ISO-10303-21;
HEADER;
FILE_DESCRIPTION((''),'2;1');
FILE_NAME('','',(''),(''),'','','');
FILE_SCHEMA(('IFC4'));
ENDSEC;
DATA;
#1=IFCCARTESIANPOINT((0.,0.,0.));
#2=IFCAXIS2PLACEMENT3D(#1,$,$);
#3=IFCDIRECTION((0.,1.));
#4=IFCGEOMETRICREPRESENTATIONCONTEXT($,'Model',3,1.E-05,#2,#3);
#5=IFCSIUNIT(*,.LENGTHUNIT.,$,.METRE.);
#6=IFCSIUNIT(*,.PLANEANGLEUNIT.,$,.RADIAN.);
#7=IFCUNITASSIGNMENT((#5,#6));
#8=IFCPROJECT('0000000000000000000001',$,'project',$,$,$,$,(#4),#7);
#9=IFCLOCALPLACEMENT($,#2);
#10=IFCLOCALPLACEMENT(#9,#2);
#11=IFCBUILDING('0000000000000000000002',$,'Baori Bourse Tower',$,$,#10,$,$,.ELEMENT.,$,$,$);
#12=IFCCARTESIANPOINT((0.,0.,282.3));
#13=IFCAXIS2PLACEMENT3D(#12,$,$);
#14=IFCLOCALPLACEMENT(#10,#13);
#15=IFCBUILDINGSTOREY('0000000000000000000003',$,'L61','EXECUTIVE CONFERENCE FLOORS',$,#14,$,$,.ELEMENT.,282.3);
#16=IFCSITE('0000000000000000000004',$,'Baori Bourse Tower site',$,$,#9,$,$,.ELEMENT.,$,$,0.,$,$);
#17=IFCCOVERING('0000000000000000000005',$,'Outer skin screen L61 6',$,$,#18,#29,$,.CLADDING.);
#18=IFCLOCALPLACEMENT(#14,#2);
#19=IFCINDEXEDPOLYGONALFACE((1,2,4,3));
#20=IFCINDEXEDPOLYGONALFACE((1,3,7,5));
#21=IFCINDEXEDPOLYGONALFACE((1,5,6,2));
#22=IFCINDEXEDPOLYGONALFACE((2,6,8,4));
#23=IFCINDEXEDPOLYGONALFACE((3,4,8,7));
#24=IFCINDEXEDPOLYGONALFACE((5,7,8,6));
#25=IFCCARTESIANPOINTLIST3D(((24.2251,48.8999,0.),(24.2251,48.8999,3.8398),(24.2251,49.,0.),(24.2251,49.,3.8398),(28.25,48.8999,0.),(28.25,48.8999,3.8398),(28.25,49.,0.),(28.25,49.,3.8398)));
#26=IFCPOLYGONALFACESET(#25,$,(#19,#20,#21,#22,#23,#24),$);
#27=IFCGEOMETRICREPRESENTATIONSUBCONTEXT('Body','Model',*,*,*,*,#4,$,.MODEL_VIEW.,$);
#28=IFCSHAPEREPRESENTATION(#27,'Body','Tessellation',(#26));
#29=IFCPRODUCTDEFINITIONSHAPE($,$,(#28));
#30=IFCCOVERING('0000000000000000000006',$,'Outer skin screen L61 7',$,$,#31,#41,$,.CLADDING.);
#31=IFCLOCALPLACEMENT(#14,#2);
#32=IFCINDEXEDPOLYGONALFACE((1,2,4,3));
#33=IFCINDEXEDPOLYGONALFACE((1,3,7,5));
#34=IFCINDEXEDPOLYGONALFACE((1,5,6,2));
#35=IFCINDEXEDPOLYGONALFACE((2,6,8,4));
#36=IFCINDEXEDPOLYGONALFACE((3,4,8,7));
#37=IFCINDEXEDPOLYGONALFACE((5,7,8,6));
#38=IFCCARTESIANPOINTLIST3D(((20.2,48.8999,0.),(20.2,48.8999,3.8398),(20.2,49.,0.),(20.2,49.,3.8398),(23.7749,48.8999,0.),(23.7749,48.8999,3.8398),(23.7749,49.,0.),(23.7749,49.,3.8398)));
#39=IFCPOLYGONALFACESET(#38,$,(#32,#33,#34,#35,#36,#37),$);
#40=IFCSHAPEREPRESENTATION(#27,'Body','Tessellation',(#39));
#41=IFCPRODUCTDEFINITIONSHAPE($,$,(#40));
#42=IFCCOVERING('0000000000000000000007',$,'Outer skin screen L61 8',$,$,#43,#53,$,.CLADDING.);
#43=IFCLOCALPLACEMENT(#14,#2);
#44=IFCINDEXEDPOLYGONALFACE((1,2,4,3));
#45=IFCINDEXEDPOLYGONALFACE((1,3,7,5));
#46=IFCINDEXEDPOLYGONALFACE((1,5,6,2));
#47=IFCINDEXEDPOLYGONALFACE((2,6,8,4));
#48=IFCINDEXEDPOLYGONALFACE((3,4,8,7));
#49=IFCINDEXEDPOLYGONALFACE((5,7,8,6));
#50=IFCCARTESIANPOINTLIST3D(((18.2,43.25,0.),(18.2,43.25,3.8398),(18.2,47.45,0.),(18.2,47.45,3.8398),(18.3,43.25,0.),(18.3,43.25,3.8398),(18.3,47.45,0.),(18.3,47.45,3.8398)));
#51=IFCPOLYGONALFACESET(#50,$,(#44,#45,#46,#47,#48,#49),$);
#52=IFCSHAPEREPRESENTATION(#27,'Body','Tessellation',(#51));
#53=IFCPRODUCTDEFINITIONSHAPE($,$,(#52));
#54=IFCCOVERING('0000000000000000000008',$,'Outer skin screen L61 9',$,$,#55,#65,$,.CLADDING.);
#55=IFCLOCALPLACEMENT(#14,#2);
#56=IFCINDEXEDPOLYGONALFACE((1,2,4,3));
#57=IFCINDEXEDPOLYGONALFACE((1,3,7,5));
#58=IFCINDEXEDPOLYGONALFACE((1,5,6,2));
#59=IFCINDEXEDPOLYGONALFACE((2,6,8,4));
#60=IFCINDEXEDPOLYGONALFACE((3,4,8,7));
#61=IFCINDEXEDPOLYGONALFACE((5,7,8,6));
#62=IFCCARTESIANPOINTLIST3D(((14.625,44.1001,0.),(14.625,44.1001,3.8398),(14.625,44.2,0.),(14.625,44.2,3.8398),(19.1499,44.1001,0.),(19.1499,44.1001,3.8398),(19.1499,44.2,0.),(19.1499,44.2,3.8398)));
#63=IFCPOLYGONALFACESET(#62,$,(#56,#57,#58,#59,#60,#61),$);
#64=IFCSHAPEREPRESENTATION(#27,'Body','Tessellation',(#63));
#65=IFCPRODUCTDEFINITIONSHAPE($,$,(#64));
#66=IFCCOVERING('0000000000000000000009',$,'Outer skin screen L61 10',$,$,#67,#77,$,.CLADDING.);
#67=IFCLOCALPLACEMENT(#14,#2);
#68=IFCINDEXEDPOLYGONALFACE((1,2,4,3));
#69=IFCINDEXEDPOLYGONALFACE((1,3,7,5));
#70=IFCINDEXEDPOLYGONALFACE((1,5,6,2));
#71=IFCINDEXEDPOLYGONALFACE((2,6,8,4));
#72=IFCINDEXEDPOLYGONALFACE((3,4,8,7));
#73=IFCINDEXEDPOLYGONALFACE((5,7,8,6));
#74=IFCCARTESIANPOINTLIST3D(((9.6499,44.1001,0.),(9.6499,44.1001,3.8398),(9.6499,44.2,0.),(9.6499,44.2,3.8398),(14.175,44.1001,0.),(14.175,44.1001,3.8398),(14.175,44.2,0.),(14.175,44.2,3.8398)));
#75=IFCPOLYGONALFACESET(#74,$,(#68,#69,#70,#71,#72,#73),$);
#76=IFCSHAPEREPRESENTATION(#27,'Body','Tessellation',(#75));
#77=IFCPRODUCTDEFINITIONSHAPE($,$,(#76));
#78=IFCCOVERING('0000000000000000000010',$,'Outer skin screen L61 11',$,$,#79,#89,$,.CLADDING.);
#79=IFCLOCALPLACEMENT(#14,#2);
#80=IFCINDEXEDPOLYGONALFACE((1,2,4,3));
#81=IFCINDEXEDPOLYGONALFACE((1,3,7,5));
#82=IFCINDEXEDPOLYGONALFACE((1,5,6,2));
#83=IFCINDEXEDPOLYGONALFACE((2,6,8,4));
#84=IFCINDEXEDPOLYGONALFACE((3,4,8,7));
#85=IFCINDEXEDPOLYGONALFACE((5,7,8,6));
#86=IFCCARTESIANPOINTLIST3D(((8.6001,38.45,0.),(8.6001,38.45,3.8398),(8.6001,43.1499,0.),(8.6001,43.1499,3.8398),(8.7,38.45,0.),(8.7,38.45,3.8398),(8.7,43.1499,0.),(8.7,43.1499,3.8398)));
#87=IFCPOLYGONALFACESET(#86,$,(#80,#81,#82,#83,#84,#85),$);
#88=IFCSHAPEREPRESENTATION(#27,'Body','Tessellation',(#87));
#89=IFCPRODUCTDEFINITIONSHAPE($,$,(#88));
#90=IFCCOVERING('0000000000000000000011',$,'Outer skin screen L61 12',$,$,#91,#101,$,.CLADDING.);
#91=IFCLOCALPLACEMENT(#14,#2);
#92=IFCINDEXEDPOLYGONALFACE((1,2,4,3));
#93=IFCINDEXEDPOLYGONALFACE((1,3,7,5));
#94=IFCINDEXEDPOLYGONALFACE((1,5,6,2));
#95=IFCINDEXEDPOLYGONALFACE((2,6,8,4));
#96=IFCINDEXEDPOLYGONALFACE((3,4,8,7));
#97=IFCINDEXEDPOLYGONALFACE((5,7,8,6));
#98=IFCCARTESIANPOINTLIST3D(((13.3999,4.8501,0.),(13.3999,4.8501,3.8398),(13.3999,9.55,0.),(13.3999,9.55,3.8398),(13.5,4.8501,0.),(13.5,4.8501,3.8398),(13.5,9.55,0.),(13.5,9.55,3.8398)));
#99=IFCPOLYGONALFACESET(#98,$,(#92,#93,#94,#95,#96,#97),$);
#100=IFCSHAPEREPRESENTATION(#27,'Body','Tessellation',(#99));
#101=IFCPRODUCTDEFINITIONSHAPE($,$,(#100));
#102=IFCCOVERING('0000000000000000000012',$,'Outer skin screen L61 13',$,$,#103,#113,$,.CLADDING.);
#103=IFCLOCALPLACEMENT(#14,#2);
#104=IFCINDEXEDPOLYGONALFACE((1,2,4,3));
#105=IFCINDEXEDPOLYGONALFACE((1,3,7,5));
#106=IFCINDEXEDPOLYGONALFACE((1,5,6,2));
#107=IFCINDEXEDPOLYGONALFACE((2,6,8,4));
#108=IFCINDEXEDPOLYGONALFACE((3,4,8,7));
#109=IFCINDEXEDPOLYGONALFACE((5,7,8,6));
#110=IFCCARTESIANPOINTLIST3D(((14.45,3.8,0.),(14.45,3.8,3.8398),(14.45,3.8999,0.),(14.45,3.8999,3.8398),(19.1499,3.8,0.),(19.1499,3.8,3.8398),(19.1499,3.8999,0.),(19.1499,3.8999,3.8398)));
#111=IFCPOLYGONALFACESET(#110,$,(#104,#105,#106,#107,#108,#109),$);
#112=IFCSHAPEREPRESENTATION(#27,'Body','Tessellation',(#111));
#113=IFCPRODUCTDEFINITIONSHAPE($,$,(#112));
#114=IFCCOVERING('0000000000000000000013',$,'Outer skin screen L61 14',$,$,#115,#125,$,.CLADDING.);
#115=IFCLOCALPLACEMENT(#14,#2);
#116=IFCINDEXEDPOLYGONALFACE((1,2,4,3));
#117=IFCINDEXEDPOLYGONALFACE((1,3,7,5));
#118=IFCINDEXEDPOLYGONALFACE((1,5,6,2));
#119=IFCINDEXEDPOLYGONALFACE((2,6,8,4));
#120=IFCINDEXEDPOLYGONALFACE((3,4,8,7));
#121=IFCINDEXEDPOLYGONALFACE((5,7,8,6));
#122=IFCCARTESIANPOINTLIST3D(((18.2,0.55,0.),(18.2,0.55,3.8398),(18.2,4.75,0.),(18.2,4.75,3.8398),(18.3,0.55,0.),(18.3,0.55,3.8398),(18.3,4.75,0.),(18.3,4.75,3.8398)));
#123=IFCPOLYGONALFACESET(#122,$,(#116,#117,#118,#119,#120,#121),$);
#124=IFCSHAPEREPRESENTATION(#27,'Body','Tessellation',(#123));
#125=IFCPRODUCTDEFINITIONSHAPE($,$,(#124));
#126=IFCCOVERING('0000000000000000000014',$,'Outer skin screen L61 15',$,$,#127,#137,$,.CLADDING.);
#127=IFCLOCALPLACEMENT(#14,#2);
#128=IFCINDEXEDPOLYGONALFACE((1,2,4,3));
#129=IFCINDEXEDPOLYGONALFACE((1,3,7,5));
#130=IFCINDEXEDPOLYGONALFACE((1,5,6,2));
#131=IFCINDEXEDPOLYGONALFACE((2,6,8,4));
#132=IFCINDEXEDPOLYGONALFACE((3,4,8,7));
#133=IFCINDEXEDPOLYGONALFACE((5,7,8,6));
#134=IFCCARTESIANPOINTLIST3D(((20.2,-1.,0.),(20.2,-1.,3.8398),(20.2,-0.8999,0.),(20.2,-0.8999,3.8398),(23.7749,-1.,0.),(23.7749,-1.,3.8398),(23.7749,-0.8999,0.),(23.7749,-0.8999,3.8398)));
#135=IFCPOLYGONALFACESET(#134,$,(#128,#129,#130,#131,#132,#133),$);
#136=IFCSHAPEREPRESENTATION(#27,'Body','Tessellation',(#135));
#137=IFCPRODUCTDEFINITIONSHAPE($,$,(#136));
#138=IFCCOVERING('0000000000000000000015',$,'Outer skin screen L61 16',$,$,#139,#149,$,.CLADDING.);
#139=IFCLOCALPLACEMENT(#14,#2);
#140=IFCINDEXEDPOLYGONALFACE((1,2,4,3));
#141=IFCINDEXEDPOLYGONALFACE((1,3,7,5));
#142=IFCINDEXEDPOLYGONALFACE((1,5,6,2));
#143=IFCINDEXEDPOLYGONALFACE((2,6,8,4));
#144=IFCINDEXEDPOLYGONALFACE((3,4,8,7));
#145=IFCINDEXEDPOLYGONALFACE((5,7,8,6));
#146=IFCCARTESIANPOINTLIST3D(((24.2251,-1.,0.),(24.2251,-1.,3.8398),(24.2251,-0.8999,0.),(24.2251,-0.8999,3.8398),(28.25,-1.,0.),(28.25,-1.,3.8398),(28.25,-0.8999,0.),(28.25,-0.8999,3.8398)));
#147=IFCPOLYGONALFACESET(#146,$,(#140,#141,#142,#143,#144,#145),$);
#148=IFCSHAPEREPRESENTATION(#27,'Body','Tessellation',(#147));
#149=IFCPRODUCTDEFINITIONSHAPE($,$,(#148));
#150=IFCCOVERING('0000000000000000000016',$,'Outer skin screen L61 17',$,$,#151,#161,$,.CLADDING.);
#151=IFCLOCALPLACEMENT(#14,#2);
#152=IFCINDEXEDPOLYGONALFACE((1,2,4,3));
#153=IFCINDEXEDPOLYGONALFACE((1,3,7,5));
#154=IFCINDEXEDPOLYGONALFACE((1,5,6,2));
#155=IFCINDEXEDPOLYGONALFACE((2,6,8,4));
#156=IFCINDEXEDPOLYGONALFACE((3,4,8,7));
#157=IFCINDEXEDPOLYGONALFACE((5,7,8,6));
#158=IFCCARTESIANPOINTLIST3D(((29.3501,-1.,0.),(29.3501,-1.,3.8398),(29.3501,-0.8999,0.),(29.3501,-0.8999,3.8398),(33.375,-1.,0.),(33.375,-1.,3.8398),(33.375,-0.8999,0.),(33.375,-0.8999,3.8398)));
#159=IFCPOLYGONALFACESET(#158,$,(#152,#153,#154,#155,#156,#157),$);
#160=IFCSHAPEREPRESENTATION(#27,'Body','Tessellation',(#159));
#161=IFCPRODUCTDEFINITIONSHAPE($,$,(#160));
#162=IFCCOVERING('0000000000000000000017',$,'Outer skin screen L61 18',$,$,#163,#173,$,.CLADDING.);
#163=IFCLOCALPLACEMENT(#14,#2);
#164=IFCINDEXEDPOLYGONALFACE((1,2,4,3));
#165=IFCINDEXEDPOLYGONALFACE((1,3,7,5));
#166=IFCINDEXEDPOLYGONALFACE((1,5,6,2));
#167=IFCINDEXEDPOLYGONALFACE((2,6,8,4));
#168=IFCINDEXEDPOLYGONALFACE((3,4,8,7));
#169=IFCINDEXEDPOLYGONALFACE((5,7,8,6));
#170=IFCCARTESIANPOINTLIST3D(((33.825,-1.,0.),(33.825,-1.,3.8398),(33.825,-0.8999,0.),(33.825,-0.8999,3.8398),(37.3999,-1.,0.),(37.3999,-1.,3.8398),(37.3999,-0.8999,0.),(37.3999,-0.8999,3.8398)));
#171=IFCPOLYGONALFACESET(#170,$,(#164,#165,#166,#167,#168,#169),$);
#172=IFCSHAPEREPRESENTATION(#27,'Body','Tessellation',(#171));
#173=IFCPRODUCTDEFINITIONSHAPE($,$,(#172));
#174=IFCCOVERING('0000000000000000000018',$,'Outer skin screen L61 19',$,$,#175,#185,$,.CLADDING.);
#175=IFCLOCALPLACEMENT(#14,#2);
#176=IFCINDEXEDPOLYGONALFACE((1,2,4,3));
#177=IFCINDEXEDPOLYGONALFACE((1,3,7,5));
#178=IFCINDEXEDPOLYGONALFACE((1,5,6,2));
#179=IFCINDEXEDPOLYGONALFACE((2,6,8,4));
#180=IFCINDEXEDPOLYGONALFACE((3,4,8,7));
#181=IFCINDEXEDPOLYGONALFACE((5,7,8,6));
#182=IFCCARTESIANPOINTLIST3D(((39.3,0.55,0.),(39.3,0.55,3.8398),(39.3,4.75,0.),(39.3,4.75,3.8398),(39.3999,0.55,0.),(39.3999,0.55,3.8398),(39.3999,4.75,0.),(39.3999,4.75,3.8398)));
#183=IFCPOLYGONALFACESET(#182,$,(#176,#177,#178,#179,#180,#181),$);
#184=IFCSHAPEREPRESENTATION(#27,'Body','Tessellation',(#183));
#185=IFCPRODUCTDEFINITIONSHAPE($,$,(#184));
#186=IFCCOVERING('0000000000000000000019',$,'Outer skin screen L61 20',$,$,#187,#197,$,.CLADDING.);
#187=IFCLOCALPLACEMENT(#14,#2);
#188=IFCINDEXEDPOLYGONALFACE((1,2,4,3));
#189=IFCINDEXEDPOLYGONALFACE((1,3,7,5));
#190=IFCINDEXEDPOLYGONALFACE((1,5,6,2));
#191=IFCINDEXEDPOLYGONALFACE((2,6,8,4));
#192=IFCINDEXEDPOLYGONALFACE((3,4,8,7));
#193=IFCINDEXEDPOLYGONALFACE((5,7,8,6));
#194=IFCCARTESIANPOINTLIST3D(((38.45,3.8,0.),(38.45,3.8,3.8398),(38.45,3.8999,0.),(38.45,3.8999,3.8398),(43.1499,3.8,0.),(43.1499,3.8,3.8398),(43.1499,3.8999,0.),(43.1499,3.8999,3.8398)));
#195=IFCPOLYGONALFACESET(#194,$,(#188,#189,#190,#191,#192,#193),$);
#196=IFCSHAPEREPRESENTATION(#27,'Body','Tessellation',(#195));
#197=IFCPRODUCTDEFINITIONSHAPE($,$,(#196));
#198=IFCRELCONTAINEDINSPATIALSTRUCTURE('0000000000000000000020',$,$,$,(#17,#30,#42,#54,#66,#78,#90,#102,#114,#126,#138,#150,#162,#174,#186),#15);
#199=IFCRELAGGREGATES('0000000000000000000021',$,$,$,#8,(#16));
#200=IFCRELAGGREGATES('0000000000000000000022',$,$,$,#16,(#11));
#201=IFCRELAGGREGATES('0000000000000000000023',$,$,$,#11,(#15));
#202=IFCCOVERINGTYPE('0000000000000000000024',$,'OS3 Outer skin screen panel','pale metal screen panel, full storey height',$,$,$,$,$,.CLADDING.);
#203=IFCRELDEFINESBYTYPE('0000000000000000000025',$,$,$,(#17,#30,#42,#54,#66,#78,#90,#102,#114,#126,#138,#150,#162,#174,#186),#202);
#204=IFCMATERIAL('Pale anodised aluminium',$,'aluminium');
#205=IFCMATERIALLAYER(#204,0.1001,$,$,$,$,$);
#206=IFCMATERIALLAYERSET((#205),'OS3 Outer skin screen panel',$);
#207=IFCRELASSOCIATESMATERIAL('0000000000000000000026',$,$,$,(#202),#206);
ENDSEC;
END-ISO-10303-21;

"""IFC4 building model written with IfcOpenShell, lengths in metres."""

from ifc_helpers import new_model, si_unit, direction, frame, origin, place, context, subcontext, project, spatial, polyline, outline, extrude, material, layer, layer_set, type_object, element, save


model = new_model("IFC4")

# Units and contexts
model_context = context("Model", 3, precision=1e-05, world=origin(), true_north=direction((0.0, 1.0)))
body_context = subcontext(model_context, "Body", "Model", "MODEL_VIEW")
ifc_project = project(units=[si_unit("LENGTHUNIT", "METRE"), si_unit("PLANEANGLEUNIT", "RADIAN")], contexts=[model_context])

# Site, building, storey
site_placement = place(None, origin())
site = spatial("IfcSite", under=ifc_project, at=site_placement, Name="Baori Bourse Tower site", CompositionType="ELEMENT", RefElevation=0.0)
building_placement = place(site_placement, origin())
building = spatial("IfcBuilding", under=site, at=building_placement, Name="Baori Bourse Tower", CompositionType="ELEMENT")
storey_placement = place(building_placement, frame((0.0, 0.0, 282.3)))
storey = spatial("IfcBuildingStorey", under=building, at=storey_placement, Name="L61", Description="EXECUTIVE CONFERENCE FLOORS", CompositionType="ELEMENT", Elevation=282.3)

# Coverings
ifc_material_1 = material(Name="Pale anodised aluminium", Category="aluminium")
ifc_layer_1 = layer(ifc_material_1, 0.1001)
ifc_layer_set_1 = layer_set([ifc_layer_1], Name="OS3 Outer skin screen panel")
covering_type = type_object("IfcCoveringType", Name="OS3 Outer skin screen panel", Description="pale metal screen panel, full storey height", PredefinedType="CLADDING", material=ifc_layer_set_1)
covering_1_placement = place(storey_placement, origin())
element("IfcCovering", 1, at=covering_1_placement, inside=storey, type_object=covering_type, Name="Outer skin screen L61 6", PredefinedType="CLADDING", context=body_context, shape_type="SweptSolid", body=[
    extrude(outline(polyline([(24.2251, 48.8999), (28.25, 48.8999), (28.25, 49.0), (24.2251, 49.0), (24.2251, 48.8999)])), origin(), (0.0, 0.0, 1.0), 3.8398),
])
covering_2_placement = place(storey_placement, origin())
element("IfcCovering", 2, at=covering_2_placement, inside=storey, type_object=covering_type, Name="Outer skin screen L61 7", PredefinedType="CLADDING", context=body_context, shape_type="SweptSolid", body=[
    extrude(outline(polyline([(20.2, 48.8999), (23.7749, 48.8999), (23.7749, 49.0), (20.2, 49.0), (20.2, 48.8999)])), origin(), (0.0, 0.0, 1.0), 3.8398),
])
covering_3_placement = place(storey_placement, origin())
element("IfcCovering", 3, at=covering_3_placement, inside=storey, type_object=covering_type, Name="Outer skin screen L61 8", PredefinedType="CLADDING", context=body_context, shape_type="SweptSolid", body=[
    extrude(outline(polyline([(18.3, 43.25), (18.3, 47.45), (18.2, 47.45), (18.2, 43.25), (18.3, 43.25)])), origin(), (0.0, 0.0, 1.0), 3.8398),
])
covering_4_placement = place(storey_placement, origin())
element("IfcCovering", 4, at=covering_4_placement, inside=storey, type_object=covering_type, Name="Outer skin screen L61 9", PredefinedType="CLADDING", context=body_context, shape_type="SweptSolid", body=[
    extrude(outline(polyline([(14.625, 44.1001), (19.1499, 44.1001), (19.1499, 44.2), (14.625, 44.2), (14.625, 44.1001)])), origin(), (0.0, 0.0, 1.0), 3.8398),
])
covering_5_placement = place(storey_placement, origin())
element("IfcCovering", 5, at=covering_5_placement, inside=storey, type_object=covering_type, Name="Outer skin screen L61 10", PredefinedType="CLADDING", context=body_context, shape_type="SweptSolid", body=[
    extrude(outline(polyline([(9.6499, 44.1001), (14.175, 44.1001), (14.175, 44.2), (9.6499, 44.2), (9.6499, 44.1001)])), origin(), (0.0, 0.0, 1.0), 3.8398),
])
covering_6_placement = place(storey_placement, origin())
element("IfcCovering", 6, at=covering_6_placement, inside=storey, type_object=covering_type, Name="Outer skin screen L61 11", PredefinedType="CLADDING", context=body_context, shape_type="SweptSolid", body=[
    extrude(outline(polyline([(8.7, 38.45), (8.7, 43.1499), (8.6001, 43.1499), (8.6001, 38.45), (8.7, 38.45)])), origin(), (0.0, 0.0, 1.0), 3.8398),
])
covering_7_placement = place(storey_placement, origin())
element("IfcCovering", 7, at=covering_7_placement, inside=storey, type_object=covering_type, Name="Outer skin screen L61 12", PredefinedType="CLADDING", context=body_context, shape_type="SweptSolid", body=[
    extrude(outline(polyline([(13.5, 4.8501), (13.5, 9.55), (13.3999, 9.55), (13.3999, 4.8501), (13.5, 4.8501)])), origin(), (0.0, 0.0, 1.0), 3.8398),
])
covering_8_placement = place(storey_placement, origin())
element("IfcCovering", 8, at=covering_8_placement, inside=storey, type_object=covering_type, Name="Outer skin screen L61 13", PredefinedType="CLADDING", context=body_context, shape_type="SweptSolid", body=[
    extrude(outline(polyline([(19.1499, 3.8999), (14.45, 3.8999), (14.45, 3.8), (19.1499, 3.8), (19.1499, 3.8999)])), origin(), (0.0, 0.0, 1.0), 3.8398),
])
covering_9_placement = place(storey_placement, origin())
element("IfcCovering", 9, at=covering_9_placement, inside=storey, type_object=covering_type, Name="Outer skin screen L61 14", PredefinedType="CLADDING", context=body_context, shape_type="SweptSolid", body=[
    extrude(outline(polyline([(18.3, 0.55), (18.3, 4.75), (18.2, 4.75), (18.2, 0.55), (18.3, 0.55)])), origin(), (0.0, 0.0, 1.0), 3.8398),
])
covering_10_placement = place(storey_placement, origin())
element("IfcCovering", 10, at=covering_10_placement, inside=storey, type_object=covering_type, Name="Outer skin screen L61 15", PredefinedType="CLADDING", context=body_context, shape_type="SweptSolid", body=[
    extrude(outline(polyline([(23.7749, -0.8999), (20.2, -0.8999), (20.2, -1.0), (23.7749, -1.0), (23.7749, -0.8999)])), origin(), (0.0, 0.0, 1.0), 3.8398),
])
covering_11_placement = place(storey_placement, origin())
element("IfcCovering", 11, at=covering_11_placement, inside=storey, type_object=covering_type, Name="Outer skin screen L61 16", PredefinedType="CLADDING", context=body_context, shape_type="SweptSolid", body=[
    extrude(outline(polyline([(28.25, -0.8999), (24.2251, -0.8999), (24.2251, -1.0), (28.25, -1.0), (28.25, -0.8999)])), origin(), (0.0, 0.0, 1.0), 3.8398),
])
covering_12_placement = place(storey_placement, origin())
element("IfcCovering", 12, at=covering_12_placement, inside=storey, type_object=covering_type, Name="Outer skin screen L61 17", PredefinedType="CLADDING", context=body_context, shape_type="SweptSolid", body=[
    extrude(outline(polyline([(33.375, -0.8999), (29.3501, -0.8999), (29.3501, -1.0), (33.375, -1.0), (33.375, -0.8999)])), origin(), (0.0, 0.0, 1.0), 3.8398),
])
covering_13_placement = place(storey_placement, origin())
element("IfcCovering", 13, at=covering_13_placement, inside=storey, type_object=covering_type, Name="Outer skin screen L61 18", PredefinedType="CLADDING", context=body_context, shape_type="SweptSolid", body=[
    extrude(outline(polyline([(37.3999, -0.8999), (33.825, -0.8999), (33.825, -1.0), (37.3999, -1.0), (37.3999, -0.8999)])), origin(), (0.0, 0.0, 1.0), 3.8398),
])
covering_14_placement = place(storey_placement, origin())
element("IfcCovering", 14, at=covering_14_placement, inside=storey, type_object=covering_type, Name="Outer skin screen L61 19", PredefinedType="CLADDING", context=body_context, shape_type="SweptSolid", body=[
    extrude(outline(polyline([(39.3, 4.75), (39.3, 0.55), (39.3999, 0.55), (39.3999, 4.75), (39.3, 4.75)])), origin(), (0.0, 0.0, 1.0), 3.8398),
])
covering_15_placement = place(storey_placement, origin())
element("IfcCovering", 15, at=covering_15_placement, inside=storey, type_object=covering_type, Name="Outer skin screen L61 20", PredefinedType="CLADDING", context=body_context, shape_type="SweptSolid", body=[
    extrude(outline(polyline([(43.1499, 3.8999), (38.45, 3.8999), (38.45, 3.8), (43.1499, 3.8), (43.1499, 3.8999)])), origin(), (0.0, 0.0, 1.0), 3.8398),
])

save(model, "model.ifc")
